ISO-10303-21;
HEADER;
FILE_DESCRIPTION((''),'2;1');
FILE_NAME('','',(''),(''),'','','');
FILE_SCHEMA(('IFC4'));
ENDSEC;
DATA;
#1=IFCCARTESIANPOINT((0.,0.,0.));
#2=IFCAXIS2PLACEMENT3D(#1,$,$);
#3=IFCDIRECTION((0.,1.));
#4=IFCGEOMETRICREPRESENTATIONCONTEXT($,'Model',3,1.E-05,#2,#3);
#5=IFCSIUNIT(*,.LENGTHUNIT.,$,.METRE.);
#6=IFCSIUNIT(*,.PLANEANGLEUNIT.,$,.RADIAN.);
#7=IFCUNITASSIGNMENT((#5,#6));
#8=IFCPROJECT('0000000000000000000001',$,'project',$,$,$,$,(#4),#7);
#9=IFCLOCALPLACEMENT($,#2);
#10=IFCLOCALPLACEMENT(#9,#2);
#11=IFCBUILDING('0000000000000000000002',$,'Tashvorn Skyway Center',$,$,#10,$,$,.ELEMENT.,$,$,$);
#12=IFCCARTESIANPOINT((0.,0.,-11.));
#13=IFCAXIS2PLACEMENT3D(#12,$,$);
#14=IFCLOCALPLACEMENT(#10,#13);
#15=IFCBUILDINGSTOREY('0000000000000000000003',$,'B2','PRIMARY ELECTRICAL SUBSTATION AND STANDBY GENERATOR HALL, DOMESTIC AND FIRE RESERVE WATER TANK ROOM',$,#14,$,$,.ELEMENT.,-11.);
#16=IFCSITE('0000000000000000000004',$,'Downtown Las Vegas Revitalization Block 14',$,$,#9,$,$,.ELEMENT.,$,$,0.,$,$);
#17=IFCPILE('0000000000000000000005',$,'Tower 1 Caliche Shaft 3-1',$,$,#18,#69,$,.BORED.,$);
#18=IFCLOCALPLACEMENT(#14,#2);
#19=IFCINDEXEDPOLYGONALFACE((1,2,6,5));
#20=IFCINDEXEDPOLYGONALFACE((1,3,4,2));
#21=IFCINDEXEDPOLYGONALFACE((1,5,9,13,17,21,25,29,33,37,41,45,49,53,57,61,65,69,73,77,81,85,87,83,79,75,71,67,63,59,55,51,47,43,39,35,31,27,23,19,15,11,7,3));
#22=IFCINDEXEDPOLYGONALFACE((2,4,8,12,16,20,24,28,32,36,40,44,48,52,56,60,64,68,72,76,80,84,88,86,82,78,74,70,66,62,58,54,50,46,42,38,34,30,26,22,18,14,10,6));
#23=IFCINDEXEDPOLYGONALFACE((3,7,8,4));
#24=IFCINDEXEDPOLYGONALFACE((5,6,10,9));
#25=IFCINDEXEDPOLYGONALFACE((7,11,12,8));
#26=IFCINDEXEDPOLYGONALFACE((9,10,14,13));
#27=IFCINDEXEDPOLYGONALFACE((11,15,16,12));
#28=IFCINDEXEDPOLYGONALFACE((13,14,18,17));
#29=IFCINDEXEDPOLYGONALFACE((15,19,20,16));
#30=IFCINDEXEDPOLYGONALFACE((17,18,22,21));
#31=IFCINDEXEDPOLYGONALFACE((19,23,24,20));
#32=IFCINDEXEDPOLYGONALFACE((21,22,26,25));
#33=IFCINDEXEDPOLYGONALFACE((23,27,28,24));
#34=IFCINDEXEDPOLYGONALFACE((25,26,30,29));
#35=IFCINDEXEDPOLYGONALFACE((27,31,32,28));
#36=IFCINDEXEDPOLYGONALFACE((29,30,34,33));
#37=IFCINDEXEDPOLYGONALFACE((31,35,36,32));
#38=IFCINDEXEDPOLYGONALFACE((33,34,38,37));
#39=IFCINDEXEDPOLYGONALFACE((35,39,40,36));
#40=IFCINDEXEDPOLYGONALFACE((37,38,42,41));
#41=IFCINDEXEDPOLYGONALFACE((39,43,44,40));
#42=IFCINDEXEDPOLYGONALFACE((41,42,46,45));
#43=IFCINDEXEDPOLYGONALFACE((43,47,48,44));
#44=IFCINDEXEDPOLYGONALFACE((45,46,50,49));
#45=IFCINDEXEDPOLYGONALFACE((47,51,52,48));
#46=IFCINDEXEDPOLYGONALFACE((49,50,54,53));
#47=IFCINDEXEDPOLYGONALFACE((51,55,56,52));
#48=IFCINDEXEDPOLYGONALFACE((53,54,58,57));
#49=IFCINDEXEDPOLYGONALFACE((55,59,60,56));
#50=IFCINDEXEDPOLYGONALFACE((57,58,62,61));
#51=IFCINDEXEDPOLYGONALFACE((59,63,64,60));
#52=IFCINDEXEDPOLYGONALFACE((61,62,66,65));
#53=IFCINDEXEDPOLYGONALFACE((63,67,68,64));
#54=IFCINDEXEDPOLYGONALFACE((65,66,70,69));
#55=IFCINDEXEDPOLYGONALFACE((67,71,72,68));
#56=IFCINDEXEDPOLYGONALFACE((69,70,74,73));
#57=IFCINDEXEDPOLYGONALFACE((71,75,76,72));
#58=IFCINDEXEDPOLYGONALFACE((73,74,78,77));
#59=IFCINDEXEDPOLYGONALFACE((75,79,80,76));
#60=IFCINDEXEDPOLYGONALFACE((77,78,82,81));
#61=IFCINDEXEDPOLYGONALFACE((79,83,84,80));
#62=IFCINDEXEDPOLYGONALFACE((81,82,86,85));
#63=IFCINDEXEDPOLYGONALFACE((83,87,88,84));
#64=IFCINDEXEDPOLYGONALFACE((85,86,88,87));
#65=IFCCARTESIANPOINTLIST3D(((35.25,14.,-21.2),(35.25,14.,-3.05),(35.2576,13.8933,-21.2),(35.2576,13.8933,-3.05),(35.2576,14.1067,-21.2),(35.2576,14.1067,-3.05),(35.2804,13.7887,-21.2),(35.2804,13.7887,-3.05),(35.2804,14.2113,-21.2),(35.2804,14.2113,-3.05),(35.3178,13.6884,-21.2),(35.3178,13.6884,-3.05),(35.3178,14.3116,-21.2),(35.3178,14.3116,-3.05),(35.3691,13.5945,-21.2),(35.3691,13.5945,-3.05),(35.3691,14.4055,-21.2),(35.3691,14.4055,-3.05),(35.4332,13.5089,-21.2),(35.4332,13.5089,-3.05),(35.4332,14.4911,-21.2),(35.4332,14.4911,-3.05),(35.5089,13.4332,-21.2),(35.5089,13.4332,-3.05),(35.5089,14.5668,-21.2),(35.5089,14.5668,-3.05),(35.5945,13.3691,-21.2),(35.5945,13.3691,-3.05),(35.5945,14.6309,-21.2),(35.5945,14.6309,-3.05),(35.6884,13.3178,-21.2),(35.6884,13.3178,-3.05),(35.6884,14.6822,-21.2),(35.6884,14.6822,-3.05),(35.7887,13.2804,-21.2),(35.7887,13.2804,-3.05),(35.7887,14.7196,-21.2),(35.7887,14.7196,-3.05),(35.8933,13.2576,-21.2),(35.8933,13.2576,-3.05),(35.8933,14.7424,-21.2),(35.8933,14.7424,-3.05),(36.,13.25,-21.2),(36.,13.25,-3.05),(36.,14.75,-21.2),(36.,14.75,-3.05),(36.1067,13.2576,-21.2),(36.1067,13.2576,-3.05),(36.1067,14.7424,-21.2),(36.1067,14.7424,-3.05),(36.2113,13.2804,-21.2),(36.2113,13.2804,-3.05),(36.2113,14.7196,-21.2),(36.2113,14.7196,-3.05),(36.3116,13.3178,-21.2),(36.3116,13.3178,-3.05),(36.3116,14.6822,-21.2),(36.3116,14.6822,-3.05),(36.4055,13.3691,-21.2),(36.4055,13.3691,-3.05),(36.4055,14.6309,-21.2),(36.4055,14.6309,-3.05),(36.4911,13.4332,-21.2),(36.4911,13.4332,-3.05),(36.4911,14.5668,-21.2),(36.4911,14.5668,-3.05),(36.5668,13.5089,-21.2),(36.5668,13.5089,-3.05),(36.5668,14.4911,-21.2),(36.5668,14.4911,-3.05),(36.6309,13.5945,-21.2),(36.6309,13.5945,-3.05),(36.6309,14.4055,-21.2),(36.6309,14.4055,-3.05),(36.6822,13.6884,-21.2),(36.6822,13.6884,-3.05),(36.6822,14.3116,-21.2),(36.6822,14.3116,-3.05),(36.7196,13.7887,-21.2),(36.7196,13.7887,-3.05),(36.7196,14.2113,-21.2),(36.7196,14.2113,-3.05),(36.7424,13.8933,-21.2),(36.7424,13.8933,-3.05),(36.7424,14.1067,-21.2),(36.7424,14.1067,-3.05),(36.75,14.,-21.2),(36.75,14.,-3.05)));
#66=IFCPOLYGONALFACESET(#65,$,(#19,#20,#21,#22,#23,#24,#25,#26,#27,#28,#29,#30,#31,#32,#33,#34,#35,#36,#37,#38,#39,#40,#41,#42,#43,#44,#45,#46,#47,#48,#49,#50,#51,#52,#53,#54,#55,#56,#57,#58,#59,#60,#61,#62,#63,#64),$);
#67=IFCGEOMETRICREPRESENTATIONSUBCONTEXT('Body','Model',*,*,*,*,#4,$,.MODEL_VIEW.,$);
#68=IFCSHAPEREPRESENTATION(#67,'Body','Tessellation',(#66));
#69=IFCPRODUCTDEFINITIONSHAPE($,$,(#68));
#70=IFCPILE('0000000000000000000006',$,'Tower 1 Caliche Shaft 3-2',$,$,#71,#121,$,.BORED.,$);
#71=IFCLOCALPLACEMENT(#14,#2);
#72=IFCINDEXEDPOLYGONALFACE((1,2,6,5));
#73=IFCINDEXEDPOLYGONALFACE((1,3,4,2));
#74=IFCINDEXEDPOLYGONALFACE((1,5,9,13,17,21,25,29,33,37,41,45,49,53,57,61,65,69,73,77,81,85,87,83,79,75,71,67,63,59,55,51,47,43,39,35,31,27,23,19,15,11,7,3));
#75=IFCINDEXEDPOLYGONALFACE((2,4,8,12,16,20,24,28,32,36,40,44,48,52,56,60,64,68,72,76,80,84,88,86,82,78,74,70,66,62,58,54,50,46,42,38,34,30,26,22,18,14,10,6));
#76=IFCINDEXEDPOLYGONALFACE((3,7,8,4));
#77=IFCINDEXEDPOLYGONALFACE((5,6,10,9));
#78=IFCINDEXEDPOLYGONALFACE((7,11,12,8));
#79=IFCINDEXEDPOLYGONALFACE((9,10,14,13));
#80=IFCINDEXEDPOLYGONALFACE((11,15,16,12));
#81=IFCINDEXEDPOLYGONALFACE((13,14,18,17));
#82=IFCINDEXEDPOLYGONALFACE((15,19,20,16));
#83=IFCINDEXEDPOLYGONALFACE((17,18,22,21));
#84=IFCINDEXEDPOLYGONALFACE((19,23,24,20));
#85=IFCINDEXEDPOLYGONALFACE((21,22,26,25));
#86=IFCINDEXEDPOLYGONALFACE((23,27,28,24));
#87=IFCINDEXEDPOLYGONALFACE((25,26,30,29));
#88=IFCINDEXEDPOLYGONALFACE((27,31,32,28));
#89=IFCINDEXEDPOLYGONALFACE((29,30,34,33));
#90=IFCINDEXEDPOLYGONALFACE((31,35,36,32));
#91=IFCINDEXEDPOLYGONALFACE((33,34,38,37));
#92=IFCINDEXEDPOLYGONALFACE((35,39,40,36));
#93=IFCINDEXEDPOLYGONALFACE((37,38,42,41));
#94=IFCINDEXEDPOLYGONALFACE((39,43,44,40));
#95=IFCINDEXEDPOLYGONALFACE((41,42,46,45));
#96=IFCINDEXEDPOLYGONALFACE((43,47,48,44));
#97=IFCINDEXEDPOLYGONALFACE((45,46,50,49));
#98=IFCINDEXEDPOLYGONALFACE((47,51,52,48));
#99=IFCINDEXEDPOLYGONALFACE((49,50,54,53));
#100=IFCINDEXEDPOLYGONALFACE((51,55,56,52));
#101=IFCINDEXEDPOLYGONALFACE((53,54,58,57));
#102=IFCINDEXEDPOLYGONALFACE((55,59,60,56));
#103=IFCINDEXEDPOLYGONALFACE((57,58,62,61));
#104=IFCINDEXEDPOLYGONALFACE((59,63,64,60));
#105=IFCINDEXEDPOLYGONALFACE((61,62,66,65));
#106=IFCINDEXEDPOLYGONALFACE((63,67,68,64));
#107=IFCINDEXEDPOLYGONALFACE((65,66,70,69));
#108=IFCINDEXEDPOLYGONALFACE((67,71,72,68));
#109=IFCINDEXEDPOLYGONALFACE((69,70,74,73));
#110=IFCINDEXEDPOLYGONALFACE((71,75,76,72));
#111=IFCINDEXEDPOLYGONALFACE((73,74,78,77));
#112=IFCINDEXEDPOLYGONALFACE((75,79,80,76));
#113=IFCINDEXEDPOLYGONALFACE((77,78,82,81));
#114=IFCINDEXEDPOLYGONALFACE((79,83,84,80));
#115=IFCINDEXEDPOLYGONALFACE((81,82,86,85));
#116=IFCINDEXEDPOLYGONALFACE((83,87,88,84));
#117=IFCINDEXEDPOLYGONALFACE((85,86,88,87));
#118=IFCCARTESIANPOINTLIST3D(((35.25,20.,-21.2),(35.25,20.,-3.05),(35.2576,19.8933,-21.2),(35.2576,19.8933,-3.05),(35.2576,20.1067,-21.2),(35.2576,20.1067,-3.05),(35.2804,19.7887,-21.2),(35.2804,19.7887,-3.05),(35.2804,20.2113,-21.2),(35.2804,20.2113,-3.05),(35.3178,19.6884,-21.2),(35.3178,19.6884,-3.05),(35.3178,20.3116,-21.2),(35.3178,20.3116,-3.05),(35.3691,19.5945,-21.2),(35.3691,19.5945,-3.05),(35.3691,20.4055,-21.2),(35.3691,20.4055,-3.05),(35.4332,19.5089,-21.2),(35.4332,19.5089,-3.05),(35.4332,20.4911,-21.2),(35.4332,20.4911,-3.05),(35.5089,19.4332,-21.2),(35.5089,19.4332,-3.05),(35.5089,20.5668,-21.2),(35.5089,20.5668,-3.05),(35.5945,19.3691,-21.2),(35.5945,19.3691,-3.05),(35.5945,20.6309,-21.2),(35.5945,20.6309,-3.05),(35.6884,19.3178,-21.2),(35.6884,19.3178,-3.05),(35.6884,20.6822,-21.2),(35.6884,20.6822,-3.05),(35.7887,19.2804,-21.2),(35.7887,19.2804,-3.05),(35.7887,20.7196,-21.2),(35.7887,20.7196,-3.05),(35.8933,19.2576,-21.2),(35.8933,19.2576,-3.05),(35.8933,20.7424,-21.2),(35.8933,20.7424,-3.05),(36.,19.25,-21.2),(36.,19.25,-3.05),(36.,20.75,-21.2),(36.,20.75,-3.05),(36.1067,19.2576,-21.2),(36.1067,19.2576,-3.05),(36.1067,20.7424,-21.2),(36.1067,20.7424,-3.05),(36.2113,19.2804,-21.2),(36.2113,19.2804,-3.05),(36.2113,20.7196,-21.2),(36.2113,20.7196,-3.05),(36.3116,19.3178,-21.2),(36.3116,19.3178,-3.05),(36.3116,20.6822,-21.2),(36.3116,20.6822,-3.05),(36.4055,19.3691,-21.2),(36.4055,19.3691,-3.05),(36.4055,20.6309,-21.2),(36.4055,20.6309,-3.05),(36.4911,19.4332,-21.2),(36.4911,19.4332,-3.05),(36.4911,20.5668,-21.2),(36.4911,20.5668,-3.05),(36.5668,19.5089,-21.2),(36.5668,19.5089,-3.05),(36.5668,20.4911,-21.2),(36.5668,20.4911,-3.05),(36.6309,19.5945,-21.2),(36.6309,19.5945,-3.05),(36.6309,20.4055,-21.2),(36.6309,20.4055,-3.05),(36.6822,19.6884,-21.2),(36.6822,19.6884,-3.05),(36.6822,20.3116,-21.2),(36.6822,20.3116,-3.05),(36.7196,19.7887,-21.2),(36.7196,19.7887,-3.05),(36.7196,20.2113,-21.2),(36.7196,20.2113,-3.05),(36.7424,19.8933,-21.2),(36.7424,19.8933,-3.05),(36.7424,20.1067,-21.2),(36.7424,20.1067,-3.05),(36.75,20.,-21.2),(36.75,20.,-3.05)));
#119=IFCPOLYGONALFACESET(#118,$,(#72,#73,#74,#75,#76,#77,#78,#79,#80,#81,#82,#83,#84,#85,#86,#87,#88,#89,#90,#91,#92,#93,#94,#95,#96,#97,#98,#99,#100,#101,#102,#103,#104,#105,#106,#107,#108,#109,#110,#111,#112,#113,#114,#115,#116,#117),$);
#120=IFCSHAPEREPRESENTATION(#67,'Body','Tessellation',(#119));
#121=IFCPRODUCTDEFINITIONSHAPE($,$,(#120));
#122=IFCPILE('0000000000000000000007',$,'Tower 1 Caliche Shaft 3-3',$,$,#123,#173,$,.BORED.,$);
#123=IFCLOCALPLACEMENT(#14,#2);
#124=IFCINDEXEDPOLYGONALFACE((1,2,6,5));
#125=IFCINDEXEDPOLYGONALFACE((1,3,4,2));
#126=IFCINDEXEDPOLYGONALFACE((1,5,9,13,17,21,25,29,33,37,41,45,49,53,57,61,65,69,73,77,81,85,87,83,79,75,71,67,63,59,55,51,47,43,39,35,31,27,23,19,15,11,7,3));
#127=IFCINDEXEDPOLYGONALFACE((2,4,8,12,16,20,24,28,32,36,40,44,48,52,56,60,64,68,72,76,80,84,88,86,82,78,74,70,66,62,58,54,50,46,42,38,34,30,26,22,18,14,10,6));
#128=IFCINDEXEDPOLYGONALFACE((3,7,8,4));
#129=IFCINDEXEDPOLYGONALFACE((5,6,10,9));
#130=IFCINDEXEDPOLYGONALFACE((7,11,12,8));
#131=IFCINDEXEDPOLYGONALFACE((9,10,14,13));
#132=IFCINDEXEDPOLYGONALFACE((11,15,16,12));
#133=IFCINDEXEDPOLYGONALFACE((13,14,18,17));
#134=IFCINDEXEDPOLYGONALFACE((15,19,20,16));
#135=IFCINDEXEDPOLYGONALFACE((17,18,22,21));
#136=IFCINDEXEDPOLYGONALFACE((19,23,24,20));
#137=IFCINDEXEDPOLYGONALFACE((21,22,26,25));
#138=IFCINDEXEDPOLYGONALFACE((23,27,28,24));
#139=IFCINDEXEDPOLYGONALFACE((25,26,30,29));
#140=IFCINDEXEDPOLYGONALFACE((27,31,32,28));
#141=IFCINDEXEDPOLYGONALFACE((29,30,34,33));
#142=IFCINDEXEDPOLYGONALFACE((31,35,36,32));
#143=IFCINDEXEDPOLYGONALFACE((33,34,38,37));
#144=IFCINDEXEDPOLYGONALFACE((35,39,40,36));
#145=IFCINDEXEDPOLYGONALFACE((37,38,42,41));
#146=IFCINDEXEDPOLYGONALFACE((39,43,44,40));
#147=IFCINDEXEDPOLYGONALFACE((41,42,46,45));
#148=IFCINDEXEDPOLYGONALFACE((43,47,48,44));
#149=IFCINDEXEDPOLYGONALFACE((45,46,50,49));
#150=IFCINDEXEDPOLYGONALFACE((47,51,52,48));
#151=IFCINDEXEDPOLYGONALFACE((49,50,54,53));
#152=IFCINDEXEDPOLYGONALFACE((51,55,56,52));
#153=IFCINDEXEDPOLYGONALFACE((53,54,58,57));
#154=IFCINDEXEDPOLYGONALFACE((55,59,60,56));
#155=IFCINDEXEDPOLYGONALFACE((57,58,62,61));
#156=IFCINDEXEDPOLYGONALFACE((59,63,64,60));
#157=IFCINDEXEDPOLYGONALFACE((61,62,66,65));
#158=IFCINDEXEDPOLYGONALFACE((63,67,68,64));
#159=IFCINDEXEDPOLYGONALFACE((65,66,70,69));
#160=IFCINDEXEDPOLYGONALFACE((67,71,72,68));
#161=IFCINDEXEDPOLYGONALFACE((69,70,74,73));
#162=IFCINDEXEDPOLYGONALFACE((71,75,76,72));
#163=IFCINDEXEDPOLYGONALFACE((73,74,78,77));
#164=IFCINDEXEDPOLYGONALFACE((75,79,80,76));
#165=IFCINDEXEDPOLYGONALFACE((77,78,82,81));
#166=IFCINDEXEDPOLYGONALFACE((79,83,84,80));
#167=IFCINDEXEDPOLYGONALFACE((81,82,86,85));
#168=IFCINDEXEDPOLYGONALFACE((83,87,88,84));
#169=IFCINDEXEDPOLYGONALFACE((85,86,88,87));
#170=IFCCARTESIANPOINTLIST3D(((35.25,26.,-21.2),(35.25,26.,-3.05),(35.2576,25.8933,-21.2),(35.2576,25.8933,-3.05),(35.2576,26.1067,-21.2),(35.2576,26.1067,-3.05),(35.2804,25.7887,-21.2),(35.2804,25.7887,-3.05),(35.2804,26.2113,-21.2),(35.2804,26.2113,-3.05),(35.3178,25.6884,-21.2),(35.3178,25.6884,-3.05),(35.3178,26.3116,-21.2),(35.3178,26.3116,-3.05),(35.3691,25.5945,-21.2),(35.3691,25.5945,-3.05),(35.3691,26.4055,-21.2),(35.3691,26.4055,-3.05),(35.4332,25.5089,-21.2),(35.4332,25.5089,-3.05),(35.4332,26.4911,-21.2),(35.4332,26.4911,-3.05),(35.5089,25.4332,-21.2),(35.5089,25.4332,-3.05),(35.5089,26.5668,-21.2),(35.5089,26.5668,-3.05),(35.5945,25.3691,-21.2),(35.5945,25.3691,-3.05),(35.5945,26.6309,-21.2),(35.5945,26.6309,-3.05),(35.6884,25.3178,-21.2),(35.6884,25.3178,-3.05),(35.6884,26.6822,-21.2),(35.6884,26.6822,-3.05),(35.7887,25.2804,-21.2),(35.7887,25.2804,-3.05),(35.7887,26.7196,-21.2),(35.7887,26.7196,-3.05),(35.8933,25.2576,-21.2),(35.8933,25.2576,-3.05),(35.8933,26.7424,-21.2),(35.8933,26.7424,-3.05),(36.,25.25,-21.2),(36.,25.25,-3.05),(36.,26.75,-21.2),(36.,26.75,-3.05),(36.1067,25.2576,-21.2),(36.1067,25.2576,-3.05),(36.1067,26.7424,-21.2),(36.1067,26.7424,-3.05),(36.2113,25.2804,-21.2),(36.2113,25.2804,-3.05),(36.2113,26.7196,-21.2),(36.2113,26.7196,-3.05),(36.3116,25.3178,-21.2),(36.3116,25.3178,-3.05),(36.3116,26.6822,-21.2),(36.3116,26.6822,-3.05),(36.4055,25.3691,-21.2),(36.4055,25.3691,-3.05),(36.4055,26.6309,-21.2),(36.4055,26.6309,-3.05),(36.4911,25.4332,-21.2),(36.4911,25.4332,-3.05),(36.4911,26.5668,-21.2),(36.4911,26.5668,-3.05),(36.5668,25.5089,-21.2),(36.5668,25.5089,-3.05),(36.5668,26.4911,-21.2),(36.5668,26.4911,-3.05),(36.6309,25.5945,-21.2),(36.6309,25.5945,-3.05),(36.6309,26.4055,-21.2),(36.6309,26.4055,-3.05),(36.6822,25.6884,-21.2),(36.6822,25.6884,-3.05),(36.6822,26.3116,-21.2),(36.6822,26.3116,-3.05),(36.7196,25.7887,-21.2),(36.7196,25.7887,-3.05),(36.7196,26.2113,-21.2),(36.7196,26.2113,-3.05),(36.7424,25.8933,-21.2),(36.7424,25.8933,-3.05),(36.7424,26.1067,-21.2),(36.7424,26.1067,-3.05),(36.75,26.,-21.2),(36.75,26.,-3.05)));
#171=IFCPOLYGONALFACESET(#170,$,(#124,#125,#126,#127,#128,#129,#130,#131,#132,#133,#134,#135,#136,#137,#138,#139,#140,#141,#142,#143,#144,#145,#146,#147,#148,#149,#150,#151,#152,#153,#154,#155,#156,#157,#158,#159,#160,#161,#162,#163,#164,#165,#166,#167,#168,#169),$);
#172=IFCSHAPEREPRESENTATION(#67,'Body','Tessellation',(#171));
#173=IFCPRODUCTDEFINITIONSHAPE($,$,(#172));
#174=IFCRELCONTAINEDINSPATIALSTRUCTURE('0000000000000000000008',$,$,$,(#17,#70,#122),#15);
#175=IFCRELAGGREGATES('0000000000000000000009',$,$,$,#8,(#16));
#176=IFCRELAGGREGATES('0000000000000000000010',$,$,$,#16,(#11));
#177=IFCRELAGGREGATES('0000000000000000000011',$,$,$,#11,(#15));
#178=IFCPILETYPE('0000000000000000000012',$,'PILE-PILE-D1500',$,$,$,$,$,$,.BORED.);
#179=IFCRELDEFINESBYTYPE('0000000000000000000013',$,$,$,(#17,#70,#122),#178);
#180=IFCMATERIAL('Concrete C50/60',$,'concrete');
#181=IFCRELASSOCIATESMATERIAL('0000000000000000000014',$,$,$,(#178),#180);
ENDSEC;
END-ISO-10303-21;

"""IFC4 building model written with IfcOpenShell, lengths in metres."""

from ifc_helpers import new_model, si_unit, direction, frame, origin, origin_2d, place, context, subcontext, project, spatial, circle, extrude, material, material_profile, profile_set, type_object, element, save


model = new_model("IFC4")

# Units and contexts
model_context = context("Model", 3, precision=1e-05, world=origin(), true_north=direction((0.0, 1.0)))
body_context = subcontext(model_context, "Body", "Model", "MODEL_VIEW")
ifc_project = project(units=[si_unit("LENGTHUNIT", "METRE"), si_unit("PLANEANGLEUNIT", "RADIAN")], contexts=[model_context])

# Site, building, storey
site_placement = place(None, origin())
site = spatial("IfcSite", under=ifc_project, at=site_placement, Name="Downtown Las Vegas Revitalization Block 14", CompositionType="ELEMENT", RefElevation=0.0)
building_placement = place(site_placement, origin())
building = spatial("IfcBuilding", under=site, at=building_placement, Name="Tashvorn Skyway Center", CompositionType="ELEMENT")
storey_placement = place(building_placement, frame((0.0, 0.0, -11.0)))
storey = spatial("IfcBuildingStorey", under=building, at=storey_placement, Name="B2", Description="PRIMARY ELECTRICAL SUBSTATION AND STANDBY GENERATOR HALL, DOMESTIC AND FIRE RESERVE WATER TANK ROOM", CompositionType="ELEMENT", Elevation=-11.0)

# Piles
ifc_material_1 = material(Name="Concrete C50/60", Category="concrete")
ifc_material_profile_1 = material_profile(ifc_material_1, circle(Radius=0.75, at=origin_2d()), Name="PILE-D1500")
ifc_profile_set_1 = profile_set([ifc_material_profile_1], Name="Concrete C50/60")
pile_type = type_object("IfcPileType", Name="PILE-PILE-D1500", PredefinedType="BORED", material=ifc_profile_set_1)
for number, where, z_axis, x_axis, name in (
    (1, (36.0, 14.0, -3.05), (0.0, 0.0, -1.0), (1.0, 0.0, 0.0), "Tower 1 Caliche Shaft 3-1"),
    (2, (36.0, 20.0, -3.05), (0.0, 0.0, -1.0), (1.0, 0.0, 0.0), "Tower 1 Caliche Shaft 3-2"),
    (3, (36.0, 26.0, -3.05), (0.0, 0.0, -1.0), (1.0, 0.0, 0.0), "Tower 1 Caliche Shaft 3-3"),
):
    element("IfcPile", number, at=place(storey_placement, frame(where, z_axis=z_axis, x_axis=x_axis)), inside=storey, type_object=pile_type, Name=name, PredefinedType="BORED", context=body_context, shape_type="SweptSolid", body=[
        extrude(circle(Radius=0.75, at=origin_2d()), origin(), (0.0, 0.0, 1.0), 18.1499),
    ])

save(model, "model.ifc")
